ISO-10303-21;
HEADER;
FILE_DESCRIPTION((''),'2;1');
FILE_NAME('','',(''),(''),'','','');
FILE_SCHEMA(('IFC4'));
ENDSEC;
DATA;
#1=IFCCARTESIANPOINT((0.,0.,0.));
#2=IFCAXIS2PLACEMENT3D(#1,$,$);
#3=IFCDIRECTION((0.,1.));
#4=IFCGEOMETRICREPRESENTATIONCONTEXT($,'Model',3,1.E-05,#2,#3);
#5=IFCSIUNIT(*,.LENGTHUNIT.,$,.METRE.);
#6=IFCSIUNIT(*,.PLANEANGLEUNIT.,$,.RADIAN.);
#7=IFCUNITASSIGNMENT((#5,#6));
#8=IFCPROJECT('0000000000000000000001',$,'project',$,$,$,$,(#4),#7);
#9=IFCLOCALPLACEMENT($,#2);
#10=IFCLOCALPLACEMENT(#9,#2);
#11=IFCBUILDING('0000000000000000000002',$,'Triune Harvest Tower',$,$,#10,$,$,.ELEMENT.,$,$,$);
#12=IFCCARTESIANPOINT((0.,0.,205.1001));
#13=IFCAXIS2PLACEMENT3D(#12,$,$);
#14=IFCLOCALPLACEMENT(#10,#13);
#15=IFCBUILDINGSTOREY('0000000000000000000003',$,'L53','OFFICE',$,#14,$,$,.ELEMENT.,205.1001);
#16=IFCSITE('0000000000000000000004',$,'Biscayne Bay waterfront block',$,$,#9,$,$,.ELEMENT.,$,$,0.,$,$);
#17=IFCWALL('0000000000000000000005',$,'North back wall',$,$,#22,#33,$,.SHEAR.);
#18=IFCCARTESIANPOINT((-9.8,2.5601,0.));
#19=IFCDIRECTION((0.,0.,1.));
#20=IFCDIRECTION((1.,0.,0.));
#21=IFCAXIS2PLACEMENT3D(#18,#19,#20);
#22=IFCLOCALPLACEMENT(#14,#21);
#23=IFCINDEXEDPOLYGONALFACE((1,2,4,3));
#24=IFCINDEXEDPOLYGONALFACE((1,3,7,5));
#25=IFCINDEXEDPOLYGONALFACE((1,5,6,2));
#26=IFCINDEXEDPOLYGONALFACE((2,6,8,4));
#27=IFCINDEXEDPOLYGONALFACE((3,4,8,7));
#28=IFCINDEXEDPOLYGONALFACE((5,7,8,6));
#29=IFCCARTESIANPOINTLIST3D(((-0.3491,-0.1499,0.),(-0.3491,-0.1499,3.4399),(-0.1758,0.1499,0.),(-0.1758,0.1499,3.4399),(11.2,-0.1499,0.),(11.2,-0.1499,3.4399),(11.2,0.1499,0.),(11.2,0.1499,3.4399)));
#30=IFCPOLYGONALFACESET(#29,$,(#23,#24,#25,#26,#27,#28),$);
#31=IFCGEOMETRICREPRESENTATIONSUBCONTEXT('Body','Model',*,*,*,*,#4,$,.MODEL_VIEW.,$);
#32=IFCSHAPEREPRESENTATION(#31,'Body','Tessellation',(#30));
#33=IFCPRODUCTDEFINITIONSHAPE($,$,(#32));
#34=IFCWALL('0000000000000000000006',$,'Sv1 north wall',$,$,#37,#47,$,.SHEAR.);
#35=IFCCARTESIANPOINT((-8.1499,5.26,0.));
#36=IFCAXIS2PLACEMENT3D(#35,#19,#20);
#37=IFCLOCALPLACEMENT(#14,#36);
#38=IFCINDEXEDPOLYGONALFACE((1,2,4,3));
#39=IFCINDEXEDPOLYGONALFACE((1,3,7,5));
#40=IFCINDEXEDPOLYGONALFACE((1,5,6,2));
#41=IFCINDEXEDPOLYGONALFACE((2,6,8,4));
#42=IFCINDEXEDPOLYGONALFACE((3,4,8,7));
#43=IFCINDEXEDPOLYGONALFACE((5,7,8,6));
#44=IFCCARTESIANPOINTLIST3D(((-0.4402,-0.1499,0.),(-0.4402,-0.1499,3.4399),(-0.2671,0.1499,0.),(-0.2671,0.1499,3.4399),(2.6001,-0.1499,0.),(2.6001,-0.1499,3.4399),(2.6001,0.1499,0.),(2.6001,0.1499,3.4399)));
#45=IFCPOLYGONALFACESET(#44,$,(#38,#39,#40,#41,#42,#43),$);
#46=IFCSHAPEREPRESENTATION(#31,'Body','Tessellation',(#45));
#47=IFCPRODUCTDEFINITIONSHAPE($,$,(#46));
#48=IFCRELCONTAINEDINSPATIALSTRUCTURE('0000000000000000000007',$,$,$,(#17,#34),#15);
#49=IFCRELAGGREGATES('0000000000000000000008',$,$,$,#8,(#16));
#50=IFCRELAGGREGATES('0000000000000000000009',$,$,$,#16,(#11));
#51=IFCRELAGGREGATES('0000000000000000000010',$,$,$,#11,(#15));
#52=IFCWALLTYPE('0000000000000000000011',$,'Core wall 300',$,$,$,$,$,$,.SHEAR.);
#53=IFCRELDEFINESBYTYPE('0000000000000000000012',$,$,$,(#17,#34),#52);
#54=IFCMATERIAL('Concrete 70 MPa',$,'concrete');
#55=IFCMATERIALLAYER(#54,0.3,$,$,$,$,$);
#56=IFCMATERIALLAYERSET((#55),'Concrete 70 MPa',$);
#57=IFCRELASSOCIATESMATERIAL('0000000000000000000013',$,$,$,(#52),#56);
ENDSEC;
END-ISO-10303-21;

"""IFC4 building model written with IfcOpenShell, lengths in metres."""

from ifc_helpers import new_model, si_unit, direction, frame, origin, place, context, subcontext, project, spatial, polyline, outline, extrude, source, transform, mapped, material, layer, layer_set, type_object, element, save


model = new_model("IFC4")

# Units and contexts
model_context = context("Model", 3, precision=1e-05, world=origin(), true_north=direction((0.0, 1.0)))
body_context = subcontext(model_context, "Body", "Model", "MODEL_VIEW")
ifc_project = project(units=[si_unit("LENGTHUNIT", "METRE"), si_unit("PLANEANGLEUNIT", "RADIAN")], contexts=[model_context])

# Site, building, storey
site_placement = place(None, origin())
site = spatial("IfcSite", under=ifc_project, at=site_placement, Name="Biscayne Bay waterfront block", CompositionType="ELEMENT", RefElevation=0.0)
building_placement = place(site_placement, origin())
building = spatial("IfcBuilding", under=site, at=building_placement, Name="Triune Harvest Tower", CompositionType="ELEMENT")
storey_placement = place(building_placement, frame((0.0, 0.0, 205.1001)))
storey = spatial("IfcBuildingStorey", under=building, at=storey_placement, Name="L53", Description="OFFICE", CompositionType="ELEMENT", Elevation=205.1001)

# Shared definitions
ifc_material_1 = material(Name="Concrete 70 MPa", Category="concrete")
ifc_layer_1 = layer(ifc_material_1, 0.3)
ifc_layer_set_1 = layer_set([ifc_layer_1], Name="Concrete 70 MPa")
wall_type_1 = type_object("IfcWallType", Name="Core wall 300", PredefinedType="SHEAR", material=ifc_layer_set_1)

# Wall
shared_shape_1 = source(origin(), body_context, "Body", "SweptSolid", [
    extrude(outline(polyline([(11.2, -0.1499), (-0.3491, -0.1499), (-0.1758, 0.1499), (11.2, 0.1499), (11.2, -0.1499)])), origin(), (0.0, 0.0, 1.0), 3.4399),
])
wall_1_placement = place(storey_placement, frame((-9.8, 2.5601, 0.0), z_axis=(0.0, 0.0, 1.0), x_axis=(1.0, 0.0, 0.0)))
element("IfcWall", 1, at=wall_1_placement, inside=storey, type_object=wall_type_1, Name="North back wall", PredefinedType="SHEAR", context=body_context, shape_type="MappedRepresentation", body=[
    mapped(shared_shape_1, transform((0.0, 0.0, 0.0), scale=1.0)),
])

# Wall
shared_shape_2 = source(origin(), body_context, "Body", "SweptSolid", [
    extrude(outline(polyline([(2.6001, -0.1499), (-0.4402, -0.1499), (-0.2671, 0.1499), (2.6001, 0.1499), (2.6001, -0.1499)])), origin(), (0.0, 0.0, 1.0), 3.4399),
])
wall_2_placement = place(storey_placement, frame((-8.1499, 5.26, 0.0), z_axis=(0.0, 0.0, 1.0), x_axis=(1.0, 0.0, 0.0)))
element("IfcWall", 2, at=wall_2_placement, inside=storey, type_object=wall_type_1, Name="Sv1 north wall", PredefinedType="SHEAR", context=body_context, shape_type="MappedRepresentation", body=[
    mapped(shared_shape_2, transform((0.0, 0.0, 0.0), scale=1.0)),
])

save(model, "model.ifc")
